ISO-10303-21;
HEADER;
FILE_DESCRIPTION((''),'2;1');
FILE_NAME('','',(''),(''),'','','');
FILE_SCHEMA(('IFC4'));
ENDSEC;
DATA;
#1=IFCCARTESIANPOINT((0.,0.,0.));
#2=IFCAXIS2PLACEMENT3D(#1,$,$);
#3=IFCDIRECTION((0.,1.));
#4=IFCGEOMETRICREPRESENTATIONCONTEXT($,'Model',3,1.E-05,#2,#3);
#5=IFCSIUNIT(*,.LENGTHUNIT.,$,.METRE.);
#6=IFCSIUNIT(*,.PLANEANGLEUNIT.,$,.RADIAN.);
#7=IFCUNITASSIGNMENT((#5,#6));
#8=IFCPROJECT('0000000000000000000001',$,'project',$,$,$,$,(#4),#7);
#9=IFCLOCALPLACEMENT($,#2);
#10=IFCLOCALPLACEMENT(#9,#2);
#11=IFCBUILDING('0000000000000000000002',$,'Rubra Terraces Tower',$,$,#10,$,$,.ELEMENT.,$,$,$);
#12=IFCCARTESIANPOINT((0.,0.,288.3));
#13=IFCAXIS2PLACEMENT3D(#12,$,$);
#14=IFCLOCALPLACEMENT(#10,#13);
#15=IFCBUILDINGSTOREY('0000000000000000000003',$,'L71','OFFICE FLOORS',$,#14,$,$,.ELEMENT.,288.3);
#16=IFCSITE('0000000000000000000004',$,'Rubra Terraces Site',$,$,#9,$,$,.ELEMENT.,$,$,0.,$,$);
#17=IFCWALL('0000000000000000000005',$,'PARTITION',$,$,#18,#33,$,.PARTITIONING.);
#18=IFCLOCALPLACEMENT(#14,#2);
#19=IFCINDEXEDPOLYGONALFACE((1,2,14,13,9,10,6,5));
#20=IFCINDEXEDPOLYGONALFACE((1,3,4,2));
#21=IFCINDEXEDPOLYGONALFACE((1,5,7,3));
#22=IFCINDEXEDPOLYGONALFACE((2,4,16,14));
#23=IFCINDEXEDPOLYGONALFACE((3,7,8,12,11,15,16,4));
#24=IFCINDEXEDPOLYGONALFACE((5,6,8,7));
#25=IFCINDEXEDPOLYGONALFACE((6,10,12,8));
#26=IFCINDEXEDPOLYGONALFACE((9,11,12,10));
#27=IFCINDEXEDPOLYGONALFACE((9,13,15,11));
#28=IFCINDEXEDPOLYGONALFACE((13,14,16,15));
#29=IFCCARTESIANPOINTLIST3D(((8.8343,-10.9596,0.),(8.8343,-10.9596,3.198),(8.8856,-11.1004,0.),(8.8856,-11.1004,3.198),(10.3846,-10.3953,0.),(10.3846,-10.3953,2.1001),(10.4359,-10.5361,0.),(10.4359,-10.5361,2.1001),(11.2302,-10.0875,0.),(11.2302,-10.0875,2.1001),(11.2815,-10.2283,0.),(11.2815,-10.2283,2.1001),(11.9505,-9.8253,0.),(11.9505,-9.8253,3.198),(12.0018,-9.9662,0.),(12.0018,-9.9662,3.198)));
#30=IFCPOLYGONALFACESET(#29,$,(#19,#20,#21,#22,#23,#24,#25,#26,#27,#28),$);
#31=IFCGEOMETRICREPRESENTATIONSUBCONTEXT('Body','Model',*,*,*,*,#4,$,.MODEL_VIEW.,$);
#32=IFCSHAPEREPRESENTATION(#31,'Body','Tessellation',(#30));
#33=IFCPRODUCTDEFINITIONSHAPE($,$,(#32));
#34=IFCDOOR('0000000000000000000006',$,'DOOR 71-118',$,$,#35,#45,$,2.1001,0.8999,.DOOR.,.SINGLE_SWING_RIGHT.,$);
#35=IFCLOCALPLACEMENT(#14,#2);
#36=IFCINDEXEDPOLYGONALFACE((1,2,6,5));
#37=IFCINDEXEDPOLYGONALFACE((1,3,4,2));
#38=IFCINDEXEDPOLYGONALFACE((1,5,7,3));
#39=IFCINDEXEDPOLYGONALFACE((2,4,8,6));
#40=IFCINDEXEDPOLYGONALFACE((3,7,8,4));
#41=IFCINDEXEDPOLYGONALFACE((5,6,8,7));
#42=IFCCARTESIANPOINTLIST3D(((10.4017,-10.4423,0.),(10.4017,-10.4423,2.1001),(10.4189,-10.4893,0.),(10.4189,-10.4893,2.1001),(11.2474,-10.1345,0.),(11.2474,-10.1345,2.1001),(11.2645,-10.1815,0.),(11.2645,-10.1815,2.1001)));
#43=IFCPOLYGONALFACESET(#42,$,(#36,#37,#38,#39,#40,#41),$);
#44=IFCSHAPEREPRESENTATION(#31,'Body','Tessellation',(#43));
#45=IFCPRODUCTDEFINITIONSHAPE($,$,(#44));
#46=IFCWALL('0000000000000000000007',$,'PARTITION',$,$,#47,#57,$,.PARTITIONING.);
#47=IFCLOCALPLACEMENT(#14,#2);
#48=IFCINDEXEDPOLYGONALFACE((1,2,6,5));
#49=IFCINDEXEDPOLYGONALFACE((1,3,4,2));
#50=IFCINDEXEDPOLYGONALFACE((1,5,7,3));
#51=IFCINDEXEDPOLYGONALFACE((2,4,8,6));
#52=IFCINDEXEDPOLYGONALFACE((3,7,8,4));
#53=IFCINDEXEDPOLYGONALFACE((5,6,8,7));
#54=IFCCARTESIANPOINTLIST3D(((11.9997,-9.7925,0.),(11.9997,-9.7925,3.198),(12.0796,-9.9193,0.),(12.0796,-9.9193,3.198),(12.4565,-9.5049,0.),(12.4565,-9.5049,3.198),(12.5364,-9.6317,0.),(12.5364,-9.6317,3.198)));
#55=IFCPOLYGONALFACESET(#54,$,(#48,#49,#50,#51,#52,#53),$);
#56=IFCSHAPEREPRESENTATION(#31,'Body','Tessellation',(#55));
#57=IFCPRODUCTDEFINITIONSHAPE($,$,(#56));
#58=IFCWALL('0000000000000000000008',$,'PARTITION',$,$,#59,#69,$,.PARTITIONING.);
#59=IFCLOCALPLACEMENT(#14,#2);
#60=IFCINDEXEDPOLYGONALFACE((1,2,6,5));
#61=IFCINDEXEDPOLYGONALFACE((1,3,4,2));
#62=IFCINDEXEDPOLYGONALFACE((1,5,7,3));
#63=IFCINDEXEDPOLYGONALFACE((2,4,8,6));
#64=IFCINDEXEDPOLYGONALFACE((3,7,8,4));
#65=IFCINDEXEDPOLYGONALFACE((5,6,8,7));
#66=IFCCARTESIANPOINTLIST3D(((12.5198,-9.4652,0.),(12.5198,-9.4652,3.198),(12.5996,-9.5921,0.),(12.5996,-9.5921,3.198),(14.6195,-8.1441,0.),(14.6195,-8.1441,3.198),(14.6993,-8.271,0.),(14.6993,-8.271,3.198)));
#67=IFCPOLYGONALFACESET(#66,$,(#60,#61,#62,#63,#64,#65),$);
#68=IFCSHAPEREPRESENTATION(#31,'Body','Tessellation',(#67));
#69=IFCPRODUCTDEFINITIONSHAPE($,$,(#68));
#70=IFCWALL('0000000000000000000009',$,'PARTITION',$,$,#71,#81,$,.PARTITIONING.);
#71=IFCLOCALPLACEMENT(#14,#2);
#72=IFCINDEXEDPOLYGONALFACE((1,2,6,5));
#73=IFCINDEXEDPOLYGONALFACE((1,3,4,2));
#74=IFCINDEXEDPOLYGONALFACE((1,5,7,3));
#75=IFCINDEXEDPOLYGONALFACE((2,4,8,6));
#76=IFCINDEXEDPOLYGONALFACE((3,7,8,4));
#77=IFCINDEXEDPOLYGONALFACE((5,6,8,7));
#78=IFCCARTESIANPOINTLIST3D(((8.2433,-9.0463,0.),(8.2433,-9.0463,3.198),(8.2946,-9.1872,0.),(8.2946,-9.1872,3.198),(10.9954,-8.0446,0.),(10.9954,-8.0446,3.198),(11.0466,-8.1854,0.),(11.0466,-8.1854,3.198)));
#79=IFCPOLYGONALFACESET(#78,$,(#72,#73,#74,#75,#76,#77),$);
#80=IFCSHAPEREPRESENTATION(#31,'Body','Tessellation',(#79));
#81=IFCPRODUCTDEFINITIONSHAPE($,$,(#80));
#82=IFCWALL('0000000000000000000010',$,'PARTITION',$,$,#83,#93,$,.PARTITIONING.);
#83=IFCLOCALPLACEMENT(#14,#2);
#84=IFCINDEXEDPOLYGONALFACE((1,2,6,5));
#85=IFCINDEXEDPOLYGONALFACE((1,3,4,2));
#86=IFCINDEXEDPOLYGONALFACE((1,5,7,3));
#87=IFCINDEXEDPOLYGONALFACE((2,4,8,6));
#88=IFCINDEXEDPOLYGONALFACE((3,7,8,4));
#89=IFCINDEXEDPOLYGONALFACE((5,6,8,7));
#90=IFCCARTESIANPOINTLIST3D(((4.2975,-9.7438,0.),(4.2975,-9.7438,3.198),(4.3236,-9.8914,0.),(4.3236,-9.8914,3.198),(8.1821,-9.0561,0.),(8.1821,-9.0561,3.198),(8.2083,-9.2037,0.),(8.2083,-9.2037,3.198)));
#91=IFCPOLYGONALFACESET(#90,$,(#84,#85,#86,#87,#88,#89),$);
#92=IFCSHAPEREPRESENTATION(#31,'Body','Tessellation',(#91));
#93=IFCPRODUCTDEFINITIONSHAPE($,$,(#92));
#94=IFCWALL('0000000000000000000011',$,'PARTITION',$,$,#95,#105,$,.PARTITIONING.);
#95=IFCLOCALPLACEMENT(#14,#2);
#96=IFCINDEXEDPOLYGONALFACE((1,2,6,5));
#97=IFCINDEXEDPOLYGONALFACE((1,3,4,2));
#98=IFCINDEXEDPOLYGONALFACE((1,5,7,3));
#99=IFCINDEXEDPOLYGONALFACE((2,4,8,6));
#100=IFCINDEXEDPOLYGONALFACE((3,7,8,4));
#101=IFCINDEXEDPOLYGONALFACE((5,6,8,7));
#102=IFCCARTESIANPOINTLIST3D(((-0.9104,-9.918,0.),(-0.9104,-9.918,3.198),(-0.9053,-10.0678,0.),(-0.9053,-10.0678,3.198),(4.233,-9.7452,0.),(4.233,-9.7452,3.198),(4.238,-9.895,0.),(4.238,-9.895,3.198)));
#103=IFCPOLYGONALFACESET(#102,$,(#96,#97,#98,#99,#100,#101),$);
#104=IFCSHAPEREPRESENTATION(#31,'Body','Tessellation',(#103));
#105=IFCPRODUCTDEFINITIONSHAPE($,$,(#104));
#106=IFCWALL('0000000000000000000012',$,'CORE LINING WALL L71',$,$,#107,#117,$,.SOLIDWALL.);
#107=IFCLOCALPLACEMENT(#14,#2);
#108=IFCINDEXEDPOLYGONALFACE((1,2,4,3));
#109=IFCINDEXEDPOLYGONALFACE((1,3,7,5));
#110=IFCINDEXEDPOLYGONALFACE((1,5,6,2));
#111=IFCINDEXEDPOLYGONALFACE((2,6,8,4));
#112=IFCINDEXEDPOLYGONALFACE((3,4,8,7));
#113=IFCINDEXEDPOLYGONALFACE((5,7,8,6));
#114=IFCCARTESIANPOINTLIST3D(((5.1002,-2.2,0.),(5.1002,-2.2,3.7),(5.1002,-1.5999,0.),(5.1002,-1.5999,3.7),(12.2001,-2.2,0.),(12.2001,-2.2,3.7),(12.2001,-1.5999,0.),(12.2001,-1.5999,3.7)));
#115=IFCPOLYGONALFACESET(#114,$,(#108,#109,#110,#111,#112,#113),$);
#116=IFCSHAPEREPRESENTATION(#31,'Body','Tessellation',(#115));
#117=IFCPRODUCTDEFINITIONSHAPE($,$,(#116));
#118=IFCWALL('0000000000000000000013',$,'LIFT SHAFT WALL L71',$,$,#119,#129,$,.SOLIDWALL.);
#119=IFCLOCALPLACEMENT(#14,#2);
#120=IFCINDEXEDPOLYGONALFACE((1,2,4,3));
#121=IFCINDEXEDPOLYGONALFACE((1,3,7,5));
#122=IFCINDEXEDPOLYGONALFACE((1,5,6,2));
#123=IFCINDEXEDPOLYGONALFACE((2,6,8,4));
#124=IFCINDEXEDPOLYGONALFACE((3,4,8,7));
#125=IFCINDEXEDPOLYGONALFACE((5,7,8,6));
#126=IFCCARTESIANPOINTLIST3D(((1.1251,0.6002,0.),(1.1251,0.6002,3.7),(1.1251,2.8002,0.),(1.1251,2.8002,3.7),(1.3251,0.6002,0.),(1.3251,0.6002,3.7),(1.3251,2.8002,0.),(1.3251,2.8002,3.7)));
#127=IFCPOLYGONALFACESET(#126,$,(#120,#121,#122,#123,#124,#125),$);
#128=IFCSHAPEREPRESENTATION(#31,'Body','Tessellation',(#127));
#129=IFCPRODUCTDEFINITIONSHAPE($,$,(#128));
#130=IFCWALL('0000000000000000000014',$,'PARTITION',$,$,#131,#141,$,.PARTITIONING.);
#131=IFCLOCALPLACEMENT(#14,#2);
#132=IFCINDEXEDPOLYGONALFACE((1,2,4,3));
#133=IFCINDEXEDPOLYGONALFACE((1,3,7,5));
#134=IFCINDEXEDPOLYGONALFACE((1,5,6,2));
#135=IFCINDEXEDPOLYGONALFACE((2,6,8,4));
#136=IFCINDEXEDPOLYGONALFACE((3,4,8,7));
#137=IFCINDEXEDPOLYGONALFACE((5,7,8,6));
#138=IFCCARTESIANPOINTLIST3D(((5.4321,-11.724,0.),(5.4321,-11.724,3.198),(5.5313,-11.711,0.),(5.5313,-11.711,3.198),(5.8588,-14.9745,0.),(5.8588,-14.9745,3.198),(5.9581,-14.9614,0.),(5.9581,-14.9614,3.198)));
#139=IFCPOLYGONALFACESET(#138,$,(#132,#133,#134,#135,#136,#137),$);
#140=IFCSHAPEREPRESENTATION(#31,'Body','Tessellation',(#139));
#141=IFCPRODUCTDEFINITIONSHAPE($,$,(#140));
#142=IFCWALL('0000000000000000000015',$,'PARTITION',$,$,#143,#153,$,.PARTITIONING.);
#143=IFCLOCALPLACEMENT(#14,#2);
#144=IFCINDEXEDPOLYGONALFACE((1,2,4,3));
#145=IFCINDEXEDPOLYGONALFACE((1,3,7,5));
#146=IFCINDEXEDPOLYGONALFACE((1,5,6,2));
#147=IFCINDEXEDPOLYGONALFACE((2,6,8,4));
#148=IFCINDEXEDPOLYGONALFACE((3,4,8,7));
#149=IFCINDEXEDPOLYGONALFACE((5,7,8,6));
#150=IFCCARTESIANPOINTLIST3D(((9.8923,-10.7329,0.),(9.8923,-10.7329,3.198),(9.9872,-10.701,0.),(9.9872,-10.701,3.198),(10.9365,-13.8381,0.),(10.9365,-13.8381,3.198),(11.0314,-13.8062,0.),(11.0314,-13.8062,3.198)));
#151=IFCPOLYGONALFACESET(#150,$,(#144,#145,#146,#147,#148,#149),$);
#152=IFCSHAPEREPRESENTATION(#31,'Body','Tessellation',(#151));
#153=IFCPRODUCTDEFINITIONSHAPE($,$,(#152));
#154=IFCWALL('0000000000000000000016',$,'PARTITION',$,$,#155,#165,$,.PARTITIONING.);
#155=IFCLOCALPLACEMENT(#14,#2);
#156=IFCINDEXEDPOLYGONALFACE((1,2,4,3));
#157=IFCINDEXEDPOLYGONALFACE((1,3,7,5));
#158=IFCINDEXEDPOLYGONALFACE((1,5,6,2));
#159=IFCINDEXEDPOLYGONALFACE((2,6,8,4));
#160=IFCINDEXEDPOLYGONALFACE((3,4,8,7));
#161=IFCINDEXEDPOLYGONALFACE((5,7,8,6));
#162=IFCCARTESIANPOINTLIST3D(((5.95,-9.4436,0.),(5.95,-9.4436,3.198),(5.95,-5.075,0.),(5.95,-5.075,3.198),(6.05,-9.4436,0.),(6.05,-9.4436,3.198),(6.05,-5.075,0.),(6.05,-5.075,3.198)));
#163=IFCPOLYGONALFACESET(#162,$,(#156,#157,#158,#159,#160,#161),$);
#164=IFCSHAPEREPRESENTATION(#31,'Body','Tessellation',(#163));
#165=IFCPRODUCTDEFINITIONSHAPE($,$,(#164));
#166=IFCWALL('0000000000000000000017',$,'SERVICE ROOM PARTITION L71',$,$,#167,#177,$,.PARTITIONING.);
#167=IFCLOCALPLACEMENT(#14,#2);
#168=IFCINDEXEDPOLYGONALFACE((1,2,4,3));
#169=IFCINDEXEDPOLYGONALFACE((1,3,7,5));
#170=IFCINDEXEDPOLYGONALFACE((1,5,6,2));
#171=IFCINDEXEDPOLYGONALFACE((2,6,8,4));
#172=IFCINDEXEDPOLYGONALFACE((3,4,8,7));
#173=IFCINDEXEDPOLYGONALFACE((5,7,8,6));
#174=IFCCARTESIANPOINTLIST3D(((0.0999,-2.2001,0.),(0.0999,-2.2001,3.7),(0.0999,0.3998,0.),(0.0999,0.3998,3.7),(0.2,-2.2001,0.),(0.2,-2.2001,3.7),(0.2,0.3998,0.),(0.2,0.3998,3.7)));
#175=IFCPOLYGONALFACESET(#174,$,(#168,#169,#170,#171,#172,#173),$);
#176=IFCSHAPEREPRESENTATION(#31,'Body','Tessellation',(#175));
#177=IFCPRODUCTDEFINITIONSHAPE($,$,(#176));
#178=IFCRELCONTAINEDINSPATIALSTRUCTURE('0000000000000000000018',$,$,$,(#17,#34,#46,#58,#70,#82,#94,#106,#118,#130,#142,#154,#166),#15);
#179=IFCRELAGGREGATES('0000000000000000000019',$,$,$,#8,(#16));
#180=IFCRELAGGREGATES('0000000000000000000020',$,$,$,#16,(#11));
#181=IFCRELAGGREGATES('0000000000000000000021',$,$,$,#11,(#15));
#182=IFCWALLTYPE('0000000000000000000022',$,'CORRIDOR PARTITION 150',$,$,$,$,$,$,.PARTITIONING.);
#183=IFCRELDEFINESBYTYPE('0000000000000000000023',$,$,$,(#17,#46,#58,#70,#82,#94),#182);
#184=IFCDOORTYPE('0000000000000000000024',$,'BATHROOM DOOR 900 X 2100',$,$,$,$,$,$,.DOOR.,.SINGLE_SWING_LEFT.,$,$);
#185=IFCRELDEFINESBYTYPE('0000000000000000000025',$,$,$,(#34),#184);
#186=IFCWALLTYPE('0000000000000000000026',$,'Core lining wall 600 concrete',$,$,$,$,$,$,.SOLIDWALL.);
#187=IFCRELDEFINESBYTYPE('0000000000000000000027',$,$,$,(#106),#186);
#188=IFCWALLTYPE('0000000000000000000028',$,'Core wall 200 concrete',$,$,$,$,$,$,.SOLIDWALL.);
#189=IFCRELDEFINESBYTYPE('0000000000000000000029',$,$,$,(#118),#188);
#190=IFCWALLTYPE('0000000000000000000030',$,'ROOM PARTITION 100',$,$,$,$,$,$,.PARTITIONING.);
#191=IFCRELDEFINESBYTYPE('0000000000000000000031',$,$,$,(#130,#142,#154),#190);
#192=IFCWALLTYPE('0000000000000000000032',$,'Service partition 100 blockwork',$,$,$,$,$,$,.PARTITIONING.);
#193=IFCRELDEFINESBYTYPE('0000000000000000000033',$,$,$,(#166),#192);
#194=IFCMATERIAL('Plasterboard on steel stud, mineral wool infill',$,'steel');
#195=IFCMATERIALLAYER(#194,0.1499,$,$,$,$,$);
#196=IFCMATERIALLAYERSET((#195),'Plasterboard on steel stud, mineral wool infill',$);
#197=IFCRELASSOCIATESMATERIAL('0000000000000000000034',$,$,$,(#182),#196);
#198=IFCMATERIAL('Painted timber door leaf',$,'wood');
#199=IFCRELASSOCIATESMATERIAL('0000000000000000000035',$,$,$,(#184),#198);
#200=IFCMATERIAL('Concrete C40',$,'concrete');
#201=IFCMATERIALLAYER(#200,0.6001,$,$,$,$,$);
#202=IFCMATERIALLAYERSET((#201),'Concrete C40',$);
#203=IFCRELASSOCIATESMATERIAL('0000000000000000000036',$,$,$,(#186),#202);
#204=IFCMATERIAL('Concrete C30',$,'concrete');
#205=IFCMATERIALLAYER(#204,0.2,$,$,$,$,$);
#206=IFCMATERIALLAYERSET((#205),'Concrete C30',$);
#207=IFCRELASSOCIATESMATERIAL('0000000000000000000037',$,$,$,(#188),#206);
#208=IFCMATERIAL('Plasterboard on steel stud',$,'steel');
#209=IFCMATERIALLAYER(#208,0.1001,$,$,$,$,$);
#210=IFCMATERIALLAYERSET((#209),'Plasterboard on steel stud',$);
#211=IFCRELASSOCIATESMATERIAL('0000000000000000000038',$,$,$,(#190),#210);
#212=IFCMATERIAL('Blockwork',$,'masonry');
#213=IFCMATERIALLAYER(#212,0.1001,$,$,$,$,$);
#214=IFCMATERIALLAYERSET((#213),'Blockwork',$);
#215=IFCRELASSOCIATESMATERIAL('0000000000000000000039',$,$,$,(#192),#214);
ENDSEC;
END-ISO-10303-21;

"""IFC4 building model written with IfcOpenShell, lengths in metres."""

from ifc_helpers import new_model, si_unit, direction, frame, frame_2d, origin, place, context, subcontext, project, spatial, rectangle, extrude, material, layer, layer_set, type_object, element, fill, save


model = new_model("IFC4")

# Units and contexts
model_context = context("Model", 3, precision=1e-05, world=origin(), true_north=direction((0.0, 1.0)))
body_context = subcontext(model_context, "Body", "Model", "MODEL_VIEW")
ifc_project = project(units=[si_unit("LENGTHUNIT", "METRE"), si_unit("PLANEANGLEUNIT", "RADIAN")], contexts=[model_context])

# Site, building, storey
site_placement = place(None, origin())
site = spatial("IfcSite", under=ifc_project, at=site_placement, Name="Rubra Terraces Site", CompositionType="ELEMENT", RefElevation=0.0)
building_placement = place(site_placement, origin())
building = spatial("IfcBuilding", under=site, at=building_placement, Name="Rubra Terraces Tower", CompositionType="ELEMENT")
storey_placement = place(building_placement, frame((0.0, 0.0, 288.3)))
storey = spatial("IfcBuildingStorey", under=building, at=storey_placement, Name="L71", Description="OFFICE FLOORS", CompositionType="ELEMENT", Elevation=288.3)

# Wall, opening, door
ifc_material_1 = material(Name="Plasterboard on steel stud, mineral wool infill", Category="steel")
ifc_layer_1 = layer(ifc_material_1, 0.1499)
ifc_layer_set_1 = layer_set([ifc_layer_1], Name="Plasterboard on steel stud, mineral wool infill")
wall_type_1 = type_object("IfcWallType", Name="CORRIDOR PARTITION 150", PredefinedType="PARTITIONING", material=ifc_layer_set_1)
wall_1_placement = place(storey_placement, frame((8.8599, -11.03, 0.0), z_axis=(0.0, 0.0, 1.0), x_axis=(0.939686, 0.342039, 0.0)))
wall_1 = element("IfcWall", 1, at=wall_1_placement, inside=storey, type_object=wall_type_1, Name="PARTITION", PredefinedType="PARTITIONING", context=body_context, shape_type="SweptSolid", body=[
    extrude(rectangle(XDim=3.3162, YDim=0.1499, at=frame_2d((1.6582, 0.0))), origin(), (0.0, 0.0, 1.0), 3.198),
])
opening_placement = place(wall_1_placement, frame((1.6499, 0.0, 0.0)))
opening = element("IfcOpeningElement", 2, at=opening_placement, cuts=wall_1, PredefinedType="OPENING", context=body_context, shape_type="SweptSolid", body=[
    extrude(rectangle(XDim=0.8999, YDim=2.1001, at=frame_2d((0.45, 1.05))), frame((0.0, 0.085, 0.0), z_axis=(0.0, -1.0, 0.0), x_axis=(1.0, 0.0, 0.0)), (0.0, 0.0, 1.0), 0.1699),
])
ifc_material_2 = material(Name="Painted timber door leaf", Category="wood")
door_type = type_object("IfcDoorType", Name="BATHROOM DOOR 900 X 2100", OperationType="SINGLE_SWING_LEFT", PredefinedType="DOOR", material=ifc_material_2)
door_placement = place(opening_placement, origin())
door = element("IfcDoor", 3, at=door_placement, inside=storey, type_object=door_type, Name="DOOR 71-118", OperationType="SINGLE_SWING_RIGHT", OverallHeight=2.1001, OverallWidth=0.8999, PredefinedType="DOOR", context=body_context, shape_type="SweptSolid", body=[
    extrude(rectangle(XDim=0.8999, YDim=2.1001, at=frame_2d((0.45, 1.05))), frame((0.0, 0.0249, 0.0), z_axis=(0.0, -1.0, 0.0), x_axis=(1.0, 0.0, 0.0)), (0.0, 0.0, 1.0), 0.05),
])
fill(opening, door)

# Walls
wall_2_placement = place(storey_placement, frame((12.0396, -9.856, 0.0), z_axis=(0.0, 0.0, 1.0), x_axis=(0.84624, 0.532801, 0.0)))
element("IfcWall", 4, at=wall_2_placement, inside=storey, type_object=wall_type_1, Name="PARTITION", PredefinedType="PARTITIONING", context=body_context, shape_type="SweptSolid", body=[
    extrude(rectangle(XDim=0.5398, YDim=0.1499, at=frame_2d((0.27, 0.0))), origin(), (0.0, 0.0, 1.0), 3.198),
])
wall_3_placement = place(storey_placement, frame((12.5598, -9.5286, 0.0), z_axis=(0.0, 0.0, 1.0), x_axis=(0.846402, 0.532544, 0.0)))
element("IfcWall", 5, at=wall_3_placement, inside=storey, type_object=wall_type_1, Name="PARTITION", PredefinedType="PARTITIONING", context=body_context, shape_type="SweptSolid", body=[
    extrude(rectangle(XDim=2.4807, YDim=0.1499, at=frame_2d((1.2402, 0.0))), origin(), (0.0, 0.0, 1.0), 3.198),
])
wall_4_placement = place(storey_placement, frame((11.021, -8.115, 0.0), z_axis=(0.0, 0.0, 1.0), x_axis=(-0.939684, -0.342044, 0.0)))
element("IfcWall", 6, at=wall_4_placement, inside=storey, type_object=wall_type_1, Name="PARTITION", PredefinedType="PARTITIONING", context=body_context, shape_type="SweptSolid", body=[
    extrude(rectangle(XDim=2.9287, YDim=0.1499, at=frame_2d((1.4644, 0.0))), origin(), (0.0, 0.0, 1.0), 3.198),
])
wall_5_placement = place(storey_placement, frame((8.1953, -9.1299, 0.0), z_axis=(0.0, 0.0, 1.0), x_axis=(-0.984688, -0.174325, 0.0)))
element("IfcWall", 7, at=wall_5_placement, inside=storey, type_object=wall_type_1, Name="PARTITION", PredefinedType="PARTITIONING", context=body_context, shape_type="SweptSolid", body=[
    extrude(rectangle(XDim=3.9451, YDim=0.1499, at=frame_2d((1.9727, 0.0))), origin(), (0.0, 0.0, 1.0), 3.198),
])
wall_6_placement = place(storey_placement, frame((4.2356, -9.8201, 0.0), z_axis=(0.0, 0.0, 1.0), x_axis=(-0.999436, -0.033588, 0.0)))
element("IfcWall", 8, at=wall_6_placement, inside=storey, type_object=wall_type_1, Name="PARTITION", PredefinedType="PARTITIONING", context=body_context, shape_type="SweptSolid", body=[
    extrude(rectangle(XDim=5.1462, YDim=0.1499, at=frame_2d((2.5732, 0.0))), origin(), (0.0, 0.0, 1.0), 3.198),
])
ifc_material_3 = material(Name="Concrete C40", Category="concrete")
ifc_layer_2 = layer(ifc_material_3, 0.6001)
ifc_layer_set_2 = layer_set([ifc_layer_2], Name="Concrete C40")
wall_type_2 = type_object("IfcWallType", Name="Core lining wall 600 concrete", PredefinedType="SOLIDWALL", material=ifc_layer_set_2)
wall_7_placement = place(storey_placement, frame((12.2, -1.8999, 0.0), z_axis=(0.0, 0.0, 1.0), x_axis=(-1.0, 0.0, 0.0)))
element("IfcWall", 9, at=wall_7_placement, inside=storey, type_object=wall_type_2, Name="CORE LINING WALL L71", PredefinedType="SOLIDWALL", context=body_context, shape_type="SweptSolid", body=[
    extrude(rectangle(XDim=7.0999, YDim=0.6001, at=frame_2d((3.5498, 0.0))), origin(), (0.0, 0.0, 1.0), 3.7),
])
ifc_material_4 = material(Name="Concrete C30", Category="concrete")
ifc_layer_3 = layer(ifc_material_4, 0.2)
ifc_layer_set_3 = layer_set([ifc_layer_3], Name="Concrete C30")
wall_type_3 = type_object("IfcWallType", Name="Core wall 200 concrete", PredefinedType="SOLIDWALL", material=ifc_layer_set_3)
wall_8_placement = place(storey_placement, frame((1.2251, 0.6001, 0.0), z_axis=(0.0, 0.0, 1.0), x_axis=(0.0, 1.0, 0.0)))
element("IfcWall", 10, at=wall_8_placement, inside=storey, type_object=wall_type_3, Name="LIFT SHAFT WALL L71", PredefinedType="SOLIDWALL", context=body_context, shape_type="SweptSolid", body=[
    extrude(rectangle(XDim=2.2, YDim=0.2, at=frame_2d((1.1001, 0.0))), origin(), (0.0, 0.0, 1.0), 3.7),
])
ifc_material_5 = material(Name="Plasterboard on steel stud", Category="steel")
ifc_layer_4 = layer(ifc_material_5, 0.1001)
ifc_layer_set_4 = layer_set([ifc_layer_4], Name="Plasterboard on steel stud")
wall_type_4 = type_object("IfcWallType", Name="ROOM PARTITION 100", PredefinedType="PARTITIONING", material=ifc_layer_set_4)
wall_9_placement = place(storey_placement, frame((5.4817, -11.7175, 0.0), z_axis=(0.0, 0.0, 1.0), x_axis=(0.130173, -0.991491, 0.0)))
element("IfcWall", 11, at=wall_9_placement, inside=storey, type_object=wall_type_4, Name="PARTITION", PredefinedType="PARTITIONING", context=body_context, shape_type="SweptSolid", body=[
    extrude(rectangle(XDim=3.2783, YDim=0.1001, at=frame_2d((1.6392, 0.0))), origin(), (0.0, 0.0, 1.0), 3.198),
])
wall_10_placement = place(storey_placement, frame((9.9397, -10.7168, 0.0), z_axis=(0.0, 0.0, 1.0), x_axis=(0.318731, -0.947845, 0.0)))
element("IfcWall", 12, at=wall_10_placement, inside=storey, type_object=wall_type_4, Name="PARTITION", PredefinedType="PARTITIONING", context=body_context, shape_type="SweptSolid", body=[
    extrude(rectangle(XDim=3.2761, YDim=0.1001, at=frame_2d((1.6382, 0.0))), origin(), (0.0, 0.0, 1.0), 3.198),
])
wall_11_placement = place(storey_placement, frame((6.0, -9.4436, 0.0), z_axis=(0.0, 0.0, 1.0), x_axis=(0.0, 1.0, 0.0)))
element("IfcWall", 13, at=wall_11_placement, inside=storey, type_object=wall_type_4, Name="PARTITION", PredefinedType="PARTITIONING", context=body_context, shape_type="SweptSolid", body=[
    extrude(rectangle(XDim=4.3687, YDim=0.1001, at=frame_2d((2.1843, 0.0))), origin(), (0.0, 0.0, 1.0), 3.198),
])
ifc_material_6 = material(Name="Blockwork", Category="masonry")
ifc_layer_5 = layer(ifc_material_6, 0.1001)
ifc_layer_set_5 = layer_set([ifc_layer_5], Name="Blockwork")
wall_type_5 = type_object("IfcWallType", Name="Service partition 100 blockwork", PredefinedType="PARTITIONING", material=ifc_layer_set_5)
for number, where, z_axis, x_axis, name in (
    (14, (0.1499, -2.2, 0.0), (0.0, 0.0, 1.0), (0.0, 1.0, 0.0), "SERVICE ROOM PARTITION L71"),
):
    element("IfcWall", number, at=place(storey_placement, frame(where, z_axis=z_axis, x_axis=x_axis)), inside=storey, type_object=wall_type_5, Name=name, PredefinedType="PARTITIONING", context=body_context, shape_type="SweptSolid", body=[
        extrude(rectangle(XDim=2.5999, YDim=0.1001, at=frame_2d((1.2998, 0.0))), origin(), (0.0, 0.0, 1.0), 3.7),
    ])

save(model, "model.ifc")
